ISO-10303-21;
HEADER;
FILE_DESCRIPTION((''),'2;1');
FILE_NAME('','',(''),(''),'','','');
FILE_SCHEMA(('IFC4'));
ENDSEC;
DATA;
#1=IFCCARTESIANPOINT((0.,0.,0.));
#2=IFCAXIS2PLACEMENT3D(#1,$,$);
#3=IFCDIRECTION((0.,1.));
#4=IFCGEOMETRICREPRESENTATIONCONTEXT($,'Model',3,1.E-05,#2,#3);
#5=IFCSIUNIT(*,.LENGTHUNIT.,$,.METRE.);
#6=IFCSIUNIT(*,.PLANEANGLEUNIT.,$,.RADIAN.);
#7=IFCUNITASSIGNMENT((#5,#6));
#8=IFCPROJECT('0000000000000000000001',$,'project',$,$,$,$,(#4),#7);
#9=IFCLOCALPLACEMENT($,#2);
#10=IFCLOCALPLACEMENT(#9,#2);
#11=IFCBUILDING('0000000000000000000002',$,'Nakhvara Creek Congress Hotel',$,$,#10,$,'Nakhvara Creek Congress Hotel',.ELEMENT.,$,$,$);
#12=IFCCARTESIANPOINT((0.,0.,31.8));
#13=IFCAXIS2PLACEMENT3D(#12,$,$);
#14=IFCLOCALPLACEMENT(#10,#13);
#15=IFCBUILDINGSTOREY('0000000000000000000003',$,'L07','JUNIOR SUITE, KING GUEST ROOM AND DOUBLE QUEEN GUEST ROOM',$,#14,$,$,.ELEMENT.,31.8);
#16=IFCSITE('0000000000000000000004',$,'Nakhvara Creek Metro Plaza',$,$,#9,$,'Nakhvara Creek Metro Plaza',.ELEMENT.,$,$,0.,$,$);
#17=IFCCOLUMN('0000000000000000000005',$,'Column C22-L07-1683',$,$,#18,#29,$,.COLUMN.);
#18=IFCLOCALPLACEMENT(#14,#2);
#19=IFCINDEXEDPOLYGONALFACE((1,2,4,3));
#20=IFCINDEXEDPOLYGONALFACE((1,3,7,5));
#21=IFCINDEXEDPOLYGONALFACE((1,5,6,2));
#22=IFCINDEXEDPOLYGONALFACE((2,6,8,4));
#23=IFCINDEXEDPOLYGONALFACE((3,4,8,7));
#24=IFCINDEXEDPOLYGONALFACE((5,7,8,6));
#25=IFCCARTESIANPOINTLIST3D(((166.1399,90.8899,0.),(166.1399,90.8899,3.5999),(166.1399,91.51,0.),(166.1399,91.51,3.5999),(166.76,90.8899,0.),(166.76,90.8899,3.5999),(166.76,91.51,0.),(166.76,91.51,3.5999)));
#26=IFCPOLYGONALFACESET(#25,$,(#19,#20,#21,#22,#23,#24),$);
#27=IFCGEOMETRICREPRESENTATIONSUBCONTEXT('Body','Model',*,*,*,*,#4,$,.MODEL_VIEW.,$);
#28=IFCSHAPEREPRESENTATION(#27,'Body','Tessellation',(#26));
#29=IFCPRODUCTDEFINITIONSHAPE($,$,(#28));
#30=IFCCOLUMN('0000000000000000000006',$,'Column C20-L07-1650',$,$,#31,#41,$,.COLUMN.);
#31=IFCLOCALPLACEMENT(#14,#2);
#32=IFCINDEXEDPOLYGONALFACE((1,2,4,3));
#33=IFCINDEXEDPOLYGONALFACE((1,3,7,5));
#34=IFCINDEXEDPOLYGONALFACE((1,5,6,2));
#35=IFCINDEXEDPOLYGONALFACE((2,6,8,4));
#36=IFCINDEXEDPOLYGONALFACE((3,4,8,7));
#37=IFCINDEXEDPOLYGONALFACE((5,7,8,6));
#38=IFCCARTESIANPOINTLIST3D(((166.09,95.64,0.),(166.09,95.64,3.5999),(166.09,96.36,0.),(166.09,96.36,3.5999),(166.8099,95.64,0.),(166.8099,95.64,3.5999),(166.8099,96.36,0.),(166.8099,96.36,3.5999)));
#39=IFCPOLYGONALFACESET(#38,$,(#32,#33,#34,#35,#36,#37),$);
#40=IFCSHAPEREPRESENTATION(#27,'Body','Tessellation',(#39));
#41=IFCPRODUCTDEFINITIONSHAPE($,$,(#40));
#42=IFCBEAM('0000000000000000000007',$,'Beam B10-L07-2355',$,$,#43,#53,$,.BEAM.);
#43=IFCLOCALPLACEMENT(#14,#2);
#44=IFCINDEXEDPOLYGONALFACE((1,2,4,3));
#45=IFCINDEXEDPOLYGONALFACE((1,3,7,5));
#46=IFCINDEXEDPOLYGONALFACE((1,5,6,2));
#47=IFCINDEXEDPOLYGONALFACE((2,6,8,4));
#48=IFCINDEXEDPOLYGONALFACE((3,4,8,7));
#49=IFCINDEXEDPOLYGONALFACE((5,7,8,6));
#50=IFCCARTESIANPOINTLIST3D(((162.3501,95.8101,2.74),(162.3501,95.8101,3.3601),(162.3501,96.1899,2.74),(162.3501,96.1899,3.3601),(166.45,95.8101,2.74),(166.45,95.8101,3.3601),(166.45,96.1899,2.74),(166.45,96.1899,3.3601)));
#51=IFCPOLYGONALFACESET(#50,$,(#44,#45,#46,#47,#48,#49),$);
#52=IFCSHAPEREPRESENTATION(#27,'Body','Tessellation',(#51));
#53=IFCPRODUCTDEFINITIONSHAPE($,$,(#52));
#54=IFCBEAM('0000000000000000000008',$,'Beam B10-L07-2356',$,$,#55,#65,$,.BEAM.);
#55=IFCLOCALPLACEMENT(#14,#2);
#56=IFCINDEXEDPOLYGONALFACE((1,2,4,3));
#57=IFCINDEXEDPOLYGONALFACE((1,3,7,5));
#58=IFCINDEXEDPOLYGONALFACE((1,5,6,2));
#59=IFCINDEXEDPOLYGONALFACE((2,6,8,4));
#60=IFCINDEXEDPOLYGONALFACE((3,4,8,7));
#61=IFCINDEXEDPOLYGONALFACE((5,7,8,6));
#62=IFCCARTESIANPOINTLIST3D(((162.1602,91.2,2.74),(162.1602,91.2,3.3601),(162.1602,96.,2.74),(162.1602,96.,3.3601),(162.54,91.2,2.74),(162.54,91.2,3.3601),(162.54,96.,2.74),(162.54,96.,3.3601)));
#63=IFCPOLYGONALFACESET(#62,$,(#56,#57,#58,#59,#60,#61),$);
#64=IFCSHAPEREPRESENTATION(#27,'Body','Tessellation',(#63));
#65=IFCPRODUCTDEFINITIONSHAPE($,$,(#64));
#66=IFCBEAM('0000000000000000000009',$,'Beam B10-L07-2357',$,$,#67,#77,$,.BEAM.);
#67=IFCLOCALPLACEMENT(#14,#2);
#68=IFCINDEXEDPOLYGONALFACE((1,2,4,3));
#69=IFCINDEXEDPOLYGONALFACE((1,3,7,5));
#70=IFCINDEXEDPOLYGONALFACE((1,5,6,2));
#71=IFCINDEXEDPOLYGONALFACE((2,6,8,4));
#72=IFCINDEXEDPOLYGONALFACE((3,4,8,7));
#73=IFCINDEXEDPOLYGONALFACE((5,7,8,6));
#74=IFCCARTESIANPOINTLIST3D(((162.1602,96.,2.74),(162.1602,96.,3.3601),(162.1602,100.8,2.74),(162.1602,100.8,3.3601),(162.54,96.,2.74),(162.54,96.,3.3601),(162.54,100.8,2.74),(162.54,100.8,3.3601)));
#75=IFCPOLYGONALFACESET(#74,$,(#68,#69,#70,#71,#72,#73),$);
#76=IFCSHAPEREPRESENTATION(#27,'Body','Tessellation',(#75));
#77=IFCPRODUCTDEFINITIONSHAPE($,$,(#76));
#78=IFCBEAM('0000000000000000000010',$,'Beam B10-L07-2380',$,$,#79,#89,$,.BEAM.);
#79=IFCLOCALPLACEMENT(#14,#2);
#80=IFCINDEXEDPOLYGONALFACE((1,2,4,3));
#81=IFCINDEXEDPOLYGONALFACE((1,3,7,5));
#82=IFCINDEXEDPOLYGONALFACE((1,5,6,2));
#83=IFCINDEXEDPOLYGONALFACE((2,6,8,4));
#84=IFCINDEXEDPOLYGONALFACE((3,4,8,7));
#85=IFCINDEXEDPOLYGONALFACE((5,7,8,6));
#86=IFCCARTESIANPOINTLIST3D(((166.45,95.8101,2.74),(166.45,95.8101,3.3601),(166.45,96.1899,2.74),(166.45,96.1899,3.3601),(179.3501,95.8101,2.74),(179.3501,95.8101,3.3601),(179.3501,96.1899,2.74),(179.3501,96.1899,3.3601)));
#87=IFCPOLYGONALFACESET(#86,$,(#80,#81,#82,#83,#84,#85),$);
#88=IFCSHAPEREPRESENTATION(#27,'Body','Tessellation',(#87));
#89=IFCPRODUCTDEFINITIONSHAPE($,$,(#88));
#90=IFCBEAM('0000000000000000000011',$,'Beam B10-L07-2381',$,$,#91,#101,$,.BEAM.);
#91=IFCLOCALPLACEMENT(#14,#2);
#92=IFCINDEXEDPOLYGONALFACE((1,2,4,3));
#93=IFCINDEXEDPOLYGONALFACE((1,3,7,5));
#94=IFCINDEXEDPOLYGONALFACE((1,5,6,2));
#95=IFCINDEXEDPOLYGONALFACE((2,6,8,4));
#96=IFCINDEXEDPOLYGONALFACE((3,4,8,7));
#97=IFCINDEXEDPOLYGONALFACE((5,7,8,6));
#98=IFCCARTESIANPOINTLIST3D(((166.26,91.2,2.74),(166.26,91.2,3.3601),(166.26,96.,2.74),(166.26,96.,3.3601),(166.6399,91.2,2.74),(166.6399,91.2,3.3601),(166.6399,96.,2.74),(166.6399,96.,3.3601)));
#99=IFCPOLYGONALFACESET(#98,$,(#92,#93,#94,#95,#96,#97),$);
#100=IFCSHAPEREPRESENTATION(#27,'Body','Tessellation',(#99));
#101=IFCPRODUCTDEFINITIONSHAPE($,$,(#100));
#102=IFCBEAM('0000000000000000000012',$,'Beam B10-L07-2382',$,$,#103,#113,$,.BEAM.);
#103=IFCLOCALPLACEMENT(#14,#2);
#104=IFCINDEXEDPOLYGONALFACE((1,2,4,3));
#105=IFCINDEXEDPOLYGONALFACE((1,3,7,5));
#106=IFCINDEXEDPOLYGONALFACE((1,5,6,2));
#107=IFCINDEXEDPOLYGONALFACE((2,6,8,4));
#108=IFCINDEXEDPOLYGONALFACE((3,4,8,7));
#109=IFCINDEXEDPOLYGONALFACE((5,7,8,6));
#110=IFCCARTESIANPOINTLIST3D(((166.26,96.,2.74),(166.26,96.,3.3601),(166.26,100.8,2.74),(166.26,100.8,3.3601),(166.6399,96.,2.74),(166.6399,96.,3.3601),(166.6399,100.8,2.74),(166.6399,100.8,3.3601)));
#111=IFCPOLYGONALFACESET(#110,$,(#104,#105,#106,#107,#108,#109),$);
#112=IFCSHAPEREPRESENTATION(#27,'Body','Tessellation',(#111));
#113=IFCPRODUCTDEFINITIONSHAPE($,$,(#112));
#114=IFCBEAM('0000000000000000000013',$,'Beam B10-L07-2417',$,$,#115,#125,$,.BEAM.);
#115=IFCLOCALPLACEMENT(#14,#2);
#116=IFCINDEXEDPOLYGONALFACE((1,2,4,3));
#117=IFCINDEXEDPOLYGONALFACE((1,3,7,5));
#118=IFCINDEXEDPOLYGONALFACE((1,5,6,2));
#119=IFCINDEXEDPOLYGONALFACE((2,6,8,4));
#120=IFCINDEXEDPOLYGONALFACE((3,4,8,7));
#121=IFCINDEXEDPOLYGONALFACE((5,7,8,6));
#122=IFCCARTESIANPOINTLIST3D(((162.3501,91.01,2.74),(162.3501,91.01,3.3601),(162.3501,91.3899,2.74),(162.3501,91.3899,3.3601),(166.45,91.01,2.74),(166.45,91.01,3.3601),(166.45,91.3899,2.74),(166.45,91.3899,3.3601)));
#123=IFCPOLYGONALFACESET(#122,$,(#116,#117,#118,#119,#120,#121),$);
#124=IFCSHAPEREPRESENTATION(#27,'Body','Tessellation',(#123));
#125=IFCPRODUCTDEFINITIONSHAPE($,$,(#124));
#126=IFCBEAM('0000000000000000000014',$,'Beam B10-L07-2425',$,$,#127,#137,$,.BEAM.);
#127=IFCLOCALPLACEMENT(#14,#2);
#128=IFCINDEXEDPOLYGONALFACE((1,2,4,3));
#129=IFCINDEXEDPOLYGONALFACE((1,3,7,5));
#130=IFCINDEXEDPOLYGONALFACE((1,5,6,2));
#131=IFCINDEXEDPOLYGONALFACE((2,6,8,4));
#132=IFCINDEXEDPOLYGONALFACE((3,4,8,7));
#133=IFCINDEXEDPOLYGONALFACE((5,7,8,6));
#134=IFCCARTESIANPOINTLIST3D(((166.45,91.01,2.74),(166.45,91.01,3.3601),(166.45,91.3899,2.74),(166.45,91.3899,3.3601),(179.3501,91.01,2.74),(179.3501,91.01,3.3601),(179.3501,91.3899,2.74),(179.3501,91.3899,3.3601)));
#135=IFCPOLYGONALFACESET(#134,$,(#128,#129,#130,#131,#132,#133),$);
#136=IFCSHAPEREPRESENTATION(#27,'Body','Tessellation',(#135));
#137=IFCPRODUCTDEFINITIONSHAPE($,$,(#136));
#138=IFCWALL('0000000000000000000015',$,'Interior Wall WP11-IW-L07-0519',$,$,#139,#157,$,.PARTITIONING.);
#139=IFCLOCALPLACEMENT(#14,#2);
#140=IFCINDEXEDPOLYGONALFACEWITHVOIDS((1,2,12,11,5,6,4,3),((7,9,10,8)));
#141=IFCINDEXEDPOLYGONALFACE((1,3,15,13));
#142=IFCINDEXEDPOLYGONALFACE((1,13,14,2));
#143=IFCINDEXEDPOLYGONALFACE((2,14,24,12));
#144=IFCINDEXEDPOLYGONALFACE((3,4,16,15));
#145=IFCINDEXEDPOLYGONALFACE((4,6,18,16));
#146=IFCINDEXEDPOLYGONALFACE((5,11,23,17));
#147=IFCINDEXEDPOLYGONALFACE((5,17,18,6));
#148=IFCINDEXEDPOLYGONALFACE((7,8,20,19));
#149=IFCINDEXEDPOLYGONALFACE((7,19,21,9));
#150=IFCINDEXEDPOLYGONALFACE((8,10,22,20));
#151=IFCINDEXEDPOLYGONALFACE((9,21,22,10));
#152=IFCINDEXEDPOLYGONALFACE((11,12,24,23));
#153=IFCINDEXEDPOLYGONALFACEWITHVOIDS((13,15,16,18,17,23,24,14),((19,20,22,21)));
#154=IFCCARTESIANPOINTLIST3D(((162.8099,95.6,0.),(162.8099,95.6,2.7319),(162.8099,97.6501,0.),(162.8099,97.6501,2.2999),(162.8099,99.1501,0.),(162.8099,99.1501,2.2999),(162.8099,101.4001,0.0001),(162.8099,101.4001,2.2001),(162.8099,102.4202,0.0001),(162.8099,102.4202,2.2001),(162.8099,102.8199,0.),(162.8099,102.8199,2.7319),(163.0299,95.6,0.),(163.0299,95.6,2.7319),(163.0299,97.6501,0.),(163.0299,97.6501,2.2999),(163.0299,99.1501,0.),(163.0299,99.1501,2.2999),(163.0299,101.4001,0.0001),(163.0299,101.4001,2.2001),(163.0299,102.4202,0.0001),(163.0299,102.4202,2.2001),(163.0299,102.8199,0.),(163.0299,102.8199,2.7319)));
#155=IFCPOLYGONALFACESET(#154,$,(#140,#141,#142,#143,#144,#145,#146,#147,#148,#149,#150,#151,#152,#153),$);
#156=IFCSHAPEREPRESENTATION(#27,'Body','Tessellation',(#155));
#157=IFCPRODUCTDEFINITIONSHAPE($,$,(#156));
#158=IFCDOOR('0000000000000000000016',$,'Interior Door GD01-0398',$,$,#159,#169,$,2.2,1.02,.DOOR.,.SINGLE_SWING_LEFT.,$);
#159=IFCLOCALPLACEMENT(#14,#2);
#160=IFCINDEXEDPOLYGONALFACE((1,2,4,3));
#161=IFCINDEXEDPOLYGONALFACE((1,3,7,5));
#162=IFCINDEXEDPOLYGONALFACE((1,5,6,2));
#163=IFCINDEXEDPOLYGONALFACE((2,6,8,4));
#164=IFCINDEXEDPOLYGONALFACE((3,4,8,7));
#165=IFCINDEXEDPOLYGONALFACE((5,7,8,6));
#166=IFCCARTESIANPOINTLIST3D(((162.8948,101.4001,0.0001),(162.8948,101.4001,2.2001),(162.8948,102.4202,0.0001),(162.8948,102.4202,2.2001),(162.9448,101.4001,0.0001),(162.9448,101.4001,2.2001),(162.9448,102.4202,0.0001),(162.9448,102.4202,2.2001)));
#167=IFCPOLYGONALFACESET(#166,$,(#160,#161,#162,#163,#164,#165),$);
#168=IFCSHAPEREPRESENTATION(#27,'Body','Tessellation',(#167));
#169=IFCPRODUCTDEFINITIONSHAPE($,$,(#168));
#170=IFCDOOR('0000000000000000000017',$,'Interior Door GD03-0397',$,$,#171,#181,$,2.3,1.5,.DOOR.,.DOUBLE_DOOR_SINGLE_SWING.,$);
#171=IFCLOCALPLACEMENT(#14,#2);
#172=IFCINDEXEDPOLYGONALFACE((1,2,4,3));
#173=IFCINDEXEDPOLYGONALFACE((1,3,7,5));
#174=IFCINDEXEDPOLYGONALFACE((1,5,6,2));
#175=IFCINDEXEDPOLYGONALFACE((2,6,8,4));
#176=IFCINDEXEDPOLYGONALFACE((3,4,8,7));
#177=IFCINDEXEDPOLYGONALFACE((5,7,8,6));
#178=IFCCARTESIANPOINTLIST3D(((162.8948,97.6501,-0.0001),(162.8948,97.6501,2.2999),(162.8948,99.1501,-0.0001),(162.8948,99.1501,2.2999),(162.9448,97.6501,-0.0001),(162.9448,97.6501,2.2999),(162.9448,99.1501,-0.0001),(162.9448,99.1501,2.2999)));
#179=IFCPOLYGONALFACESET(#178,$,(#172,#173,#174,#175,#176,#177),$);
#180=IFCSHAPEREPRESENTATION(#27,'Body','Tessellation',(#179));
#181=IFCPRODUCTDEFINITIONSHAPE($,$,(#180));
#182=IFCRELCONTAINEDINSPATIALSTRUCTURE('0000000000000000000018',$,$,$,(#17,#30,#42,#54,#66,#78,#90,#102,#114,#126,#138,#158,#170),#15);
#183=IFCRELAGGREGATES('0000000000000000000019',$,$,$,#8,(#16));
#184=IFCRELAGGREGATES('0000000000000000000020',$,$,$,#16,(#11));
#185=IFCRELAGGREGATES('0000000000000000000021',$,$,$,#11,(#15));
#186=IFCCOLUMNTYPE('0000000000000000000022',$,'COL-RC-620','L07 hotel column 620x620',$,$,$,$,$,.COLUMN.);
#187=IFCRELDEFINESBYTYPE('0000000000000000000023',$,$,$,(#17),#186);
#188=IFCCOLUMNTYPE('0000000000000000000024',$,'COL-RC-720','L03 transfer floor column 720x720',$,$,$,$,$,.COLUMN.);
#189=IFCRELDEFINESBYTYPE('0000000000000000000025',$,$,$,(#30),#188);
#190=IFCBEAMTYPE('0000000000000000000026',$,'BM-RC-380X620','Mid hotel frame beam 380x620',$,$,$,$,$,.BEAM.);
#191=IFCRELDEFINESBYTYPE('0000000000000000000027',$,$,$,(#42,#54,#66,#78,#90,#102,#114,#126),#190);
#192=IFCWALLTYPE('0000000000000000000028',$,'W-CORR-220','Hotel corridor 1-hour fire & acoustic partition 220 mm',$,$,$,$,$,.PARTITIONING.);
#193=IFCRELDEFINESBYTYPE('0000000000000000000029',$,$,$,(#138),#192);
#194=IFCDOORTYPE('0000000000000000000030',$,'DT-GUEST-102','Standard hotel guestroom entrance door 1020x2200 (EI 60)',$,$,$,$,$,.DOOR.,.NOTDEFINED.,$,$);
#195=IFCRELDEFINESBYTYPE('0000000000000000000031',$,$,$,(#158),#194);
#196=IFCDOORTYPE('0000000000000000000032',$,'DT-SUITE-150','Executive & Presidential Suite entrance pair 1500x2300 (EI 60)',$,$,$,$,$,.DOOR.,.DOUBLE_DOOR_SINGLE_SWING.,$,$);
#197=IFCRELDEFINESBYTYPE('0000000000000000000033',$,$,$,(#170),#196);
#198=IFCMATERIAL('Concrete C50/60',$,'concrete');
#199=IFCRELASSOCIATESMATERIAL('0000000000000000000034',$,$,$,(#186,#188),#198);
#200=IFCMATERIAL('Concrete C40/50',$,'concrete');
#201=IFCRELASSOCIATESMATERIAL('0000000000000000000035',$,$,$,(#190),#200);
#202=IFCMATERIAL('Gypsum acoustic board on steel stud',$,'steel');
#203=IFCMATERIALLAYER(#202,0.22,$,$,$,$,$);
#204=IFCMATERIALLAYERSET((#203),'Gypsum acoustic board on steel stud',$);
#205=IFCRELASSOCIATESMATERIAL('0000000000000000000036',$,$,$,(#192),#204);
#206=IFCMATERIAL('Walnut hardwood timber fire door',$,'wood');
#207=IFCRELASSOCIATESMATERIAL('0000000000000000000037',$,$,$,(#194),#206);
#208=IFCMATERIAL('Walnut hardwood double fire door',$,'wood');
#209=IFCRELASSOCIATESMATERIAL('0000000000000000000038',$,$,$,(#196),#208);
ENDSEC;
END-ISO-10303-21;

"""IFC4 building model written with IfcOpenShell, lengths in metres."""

from ifc_helpers import new_model, si_unit, direction, frame, frame_2d, origin, origin_2d, place, context, subcontext, project, spatial, rectangle, extrude, material, layer, layer_set, material_profile, profile_set, type_object, element, fill, save


model = new_model("IFC4")

# Units and contexts
model_context = context("Model", 3, precision=1e-05, world=origin(), true_north=direction((0.0, 1.0)))
body_context = subcontext(model_context, "Body", "Model", "MODEL_VIEW")
ifc_project = project(units=[si_unit("LENGTHUNIT", "METRE"), si_unit("PLANEANGLEUNIT", "RADIAN")], contexts=[model_context])

# Site, building, storey
site_placement = place(None, origin())
site = spatial("IfcSite", under=ifc_project, at=site_placement, Name="Nakhvara Creek Metro Plaza", LongName="Nakhvara Creek Metro Plaza", CompositionType="ELEMENT", RefElevation=0.0)
building_placement = place(site_placement, origin())
building = spatial("IfcBuilding", under=site, at=building_placement, Name="Nakhvara Creek Congress Hotel", LongName="Nakhvara Creek Congress Hotel", CompositionType="ELEMENT")
storey_placement = place(building_placement, frame((0.0, 0.0, 31.8)))
storey = spatial("IfcBuildingStorey", under=building, at=storey_placement, Name="L07", Description="JUNIOR SUITE, KING GUEST ROOM AND DOUBLE QUEEN GUEST ROOM", CompositionType="ELEMENT", Elevation=31.8)

# Columns
ifc_material_1 = material(Name="Concrete C50/60", Category="concrete")
ifc_material_profile_1 = material_profile(ifc_material_1, rectangle(XDim=0.6201, YDim=0.6201, at=origin_2d()), Name="RC-COL 620x620", Category="LoadBearing")
ifc_profile_set_1 = profile_set([ifc_material_profile_1], Name="Concrete C50/60")
column_type_1 = type_object("IfcColumnType", Name="COL-RC-620", Description="L07 hotel column 620x620", PredefinedType="COLUMN", material=ifc_profile_set_1)
column_1_placement = place(storey_placement, frame((166.45, 91.2, 0.0), z_axis=(0.0, 0.0, 1.0), x_axis=(1.0, 0.0, 0.0)))
element("IfcColumn", 1, at=column_1_placement, inside=storey, type_object=column_type_1, Name="Column C22-L07-1683", PredefinedType="COLUMN", context=body_context, shape_type="SweptSolid", body=[
    extrude(rectangle(XDim=0.6201, YDim=0.6201, at=origin_2d()), origin(), (0.0, 0.0, 1.0), 3.5999),
])
ifc_material_profile_2 = material_profile(ifc_material_1, rectangle(XDim=0.72, YDim=0.72, at=origin_2d()), Name="RC-COL 720x720", Category="LoadBearing")
ifc_profile_set_2 = profile_set([ifc_material_profile_2], Name="Concrete C50/60")
column_type_2 = type_object("IfcColumnType", Name="COL-RC-720", Description="L03 transfer floor column 720x720", PredefinedType="COLUMN", material=ifc_profile_set_2)
column_2_placement = place(storey_placement, frame((166.45, 96.0, 0.0), z_axis=(0.0, 0.0, 1.0), x_axis=(1.0, 0.0, 0.0)))
element("IfcColumn", 2, at=column_2_placement, inside=storey, type_object=column_type_2, Name="Column C20-L07-1650", PredefinedType="COLUMN", context=body_context, shape_type="SweptSolid", body=[
    extrude(rectangle(XDim=0.72, YDim=0.72, at=origin_2d()), origin(), (0.0, 0.0, 1.0), 3.5999),
])

# Beams
ifc_material_2 = material(Name="Concrete C40/50", Category="concrete")
ifc_material_profile_3 = material_profile(ifc_material_2, rectangle(XDim=0.3799, YDim=0.6201, at=origin_2d()), Name="RC-BM 380x620", Category="LoadBearing")
ifc_profile_set_3 = profile_set([ifc_material_profile_3], Name="Concrete C40/50")
beam_type = type_object("IfcBeamType", Name="BM-RC-380X620", Description="Mid hotel frame beam 380x620", PredefinedType="BEAM", material=ifc_profile_set_3)
beam_1_placement = place(storey_placement, frame((162.3501, 96.0, 3.05), z_axis=(1.0, 0.0, 0.0), x_axis=(0.0, 1.0, 0.0)))
element("IfcBeam", 3, at=beam_1_placement, inside=storey, type_object=beam_type, Name="Beam B10-L07-2355", PredefinedType="BEAM", context=body_context, shape_type="SweptSolid", body=[
    extrude(rectangle(XDim=0.3799, YDim=0.6201, at=origin_2d()), origin(), (0.0, 0.0, 1.0), 4.0999),
])
for number, where, z_axis, x_axis, name in (
    (4, (162.3501, 91.2, 3.05), (0.0, 1.0, 0.0), (-1.0, 0.0, 0.0), "Beam B10-L07-2356"),
    (5, (162.3501, 96.0, 3.05), (0.0, 1.0, 0.0), (-1.0, 0.0, 0.0), "Beam B10-L07-2357"),
):
    element("IfcBeam", number, at=place(storey_placement, frame(where, z_axis=z_axis, x_axis=x_axis)), inside=storey, type_object=beam_type, Name=name, PredefinedType="BEAM", context=body_context, shape_type="SweptSolid", body=[
        extrude(rectangle(XDim=0.3799, YDim=0.6201, at=origin_2d()), origin(), (0.0, 0.0, 1.0), 4.8),
    ])
beam_2_placement = place(storey_placement, frame((166.45, 96.0, 3.05), z_axis=(1.0, 0.0, 0.0), x_axis=(0.0, 1.0, 0.0)))
element("IfcBeam", 6, at=beam_2_placement, inside=storey, type_object=beam_type, Name="Beam B10-L07-2380", PredefinedType="BEAM", context=body_context, shape_type="SweptSolid", body=[
    extrude(rectangle(XDim=0.3799, YDim=0.6201, at=origin_2d()), origin(), (0.0, 0.0, 1.0), 12.9001),
])
for number, where, z_axis, x_axis, name in (
    (7, (166.45, 91.2, 3.05), (0.0, 1.0, 0.0), (-1.0, 0.0, 0.0), "Beam B10-L07-2381"),
    (8, (166.45, 96.0, 3.05), (0.0, 1.0, 0.0), (-1.0, 0.0, 0.0), "Beam B10-L07-2382"),
):
    element("IfcBeam", number, at=place(storey_placement, frame(where, z_axis=z_axis, x_axis=x_axis)), inside=storey, type_object=beam_type, Name=name, PredefinedType="BEAM", context=body_context, shape_type="SweptSolid", body=[
        extrude(rectangle(XDim=0.3799, YDim=0.6201, at=origin_2d()), origin(), (0.0, 0.0, 1.0), 4.8),
    ])
beam_3_placement = place(storey_placement, frame((162.3501, 91.2, 3.05), z_axis=(1.0, 0.0, 0.0), x_axis=(0.0, 1.0, 0.0)))
element("IfcBeam", 9, at=beam_3_placement, inside=storey, type_object=beam_type, Name="Beam B10-L07-2417", PredefinedType="BEAM", context=body_context, shape_type="SweptSolid", body=[
    extrude(rectangle(XDim=0.3799, YDim=0.6201, at=origin_2d()), origin(), (0.0, 0.0, 1.0), 4.0999),
])
beam_4_placement = place(storey_placement, frame((166.45, 91.2, 3.05), z_axis=(1.0, 0.0, 0.0), x_axis=(0.0, 1.0, 0.0)))
element("IfcBeam", 10, at=beam_4_placement, inside=storey, type_object=beam_type, Name="Beam B10-L07-2425", PredefinedType="BEAM", context=body_context, shape_type="SweptSolid", body=[
    extrude(rectangle(XDim=0.3799, YDim=0.6201, at=origin_2d()), origin(), (0.0, 0.0, 1.0), 12.9001),
])

# Wall, openings, doors
ifc_material_3 = material(Name="Gypsum acoustic board on steel stud", Category="steel")
ifc_layer_1 = layer(ifc_material_3, 0.22)
ifc_layer_set_1 = layer_set([ifc_layer_1], Name="Gypsum acoustic board on steel stud")
wall_type_1 = type_object("IfcWallType", Name="W-CORR-220", Description="Hotel corridor 1-hour fire & acoustic partition 220 mm", PredefinedType="PARTITIONING", material=ifc_layer_set_1)
wall_1_placement = place(storey_placement, frame((162.9199, 95.6001, 0.0), z_axis=(0.0, 0.0, 1.0), x_axis=(0.0, 1.0, 0.0)))
wall_1 = element("IfcWall", 11, at=wall_1_placement, inside=storey, type_object=wall_type_1, Name="Interior Wall WP11-IW-L07-0519", PredefinedType="PARTITIONING", context=body_context, shape_type="SweptSolid", body=[
    extrude(rectangle(XDim=7.22, YDim=0.22, at=frame_2d((3.6099, 0.0))), origin(), (0.0, 0.0, 1.0), 2.7319),
])
opening_1_placement = place(wall_1_placement, frame((2.05, 0.0, 0.0)))
opening_1 = element("IfcOpeningElement", 12, at=opening_1_placement, cuts=wall_1, PredefinedType="OPENING", context=body_context, shape_type="SweptSolid", body=[
    extrude(rectangle(XDim=1.5, YDim=2.3, at=frame_2d((0.75, 1.1499))), frame((0.0, 0.1221, 0.0), z_axis=(0.0, -1.0, 0.0), x_axis=(1.0, 0.0, 0.0)), (0.0, 0.0, 1.0), 0.2439),
])
opening_2_placement = place(wall_1_placement, frame((5.8, 0.0, 0.0)))
opening_2 = element("IfcOpeningElement", 13, at=opening_2_placement, cuts=wall_1, PredefinedType="OPENING", context=body_context, shape_type="SweptSolid", body=[
    extrude(rectangle(XDim=1.02, YDim=2.2, at=frame_2d((0.51, 1.1001))), frame((0.0, 0.1221, 0.0), z_axis=(0.0, -1.0, 0.0), x_axis=(1.0, 0.0, 0.0)), (0.0, 0.0, 1.0), 0.2439),
])
ifc_material_4 = material(Name="Walnut hardwood timber fire door", Category="wood")
door_type_1 = type_object("IfcDoorType", Name="DT-GUEST-102", Description="Standard hotel guestroom entrance door 1020x2200 (EI 60)", OperationType="NOTDEFINED", PredefinedType="DOOR", material=ifc_material_4)
door_1_placement = place(opening_2_placement, frame((1.02, 0.0, 0.0), z_axis=(0.0, 0.0, 1.0), x_axis=(-1.0, 0.0, 0.0)))
door_1 = element("IfcDoor", 14, at=door_1_placement, inside=storey, type_object=door_type_1, Name="Interior Door GD01-0398", OperationType="SINGLE_SWING_LEFT", OverallHeight=2.2, OverallWidth=1.02, PredefinedType="DOOR", context=body_context, shape_type="SweptSolid", body=[
    extrude(rectangle(XDim=1.02, YDim=2.2, at=frame_2d((0.51, 1.1001))), frame((0.0, 0.0249, 0.0), z_axis=(0.0, -1.0, 0.0), x_axis=(1.0, 0.0, 0.0)), (0.0, 0.0, 1.0), 0.05),
])
fill(opening_2, door_1)
ifc_material_5 = material(Name="Walnut hardwood double fire door", Category="wood")
door_type_2 = type_object("IfcDoorType", Name="DT-SUITE-150", Description="Executive & Presidential Suite entrance pair 1500x2300 (EI 60)", OperationType="DOUBLE_DOOR_SINGLE_SWING", PredefinedType="DOOR", material=ifc_material_5)
door_2_placement = place(opening_1_placement, frame((1.5, 0.0, 0.0), z_axis=(0.0, 0.0, 1.0), x_axis=(-1.0, 0.0, 0.0)))
door_2 = element("IfcDoor", 15, at=door_2_placement, inside=storey, type_object=door_type_2, Name="Interior Door GD03-0397", OperationType="DOUBLE_DOOR_SINGLE_SWING", OverallHeight=2.3, OverallWidth=1.5, PredefinedType="DOOR", context=body_context, shape_type="SweptSolid", body=[
    extrude(rectangle(XDim=1.5, YDim=2.3, at=frame_2d((0.75, 1.1499))), frame((0.0, 0.0249, 0.0), z_axis=(0.0, -1.0, 0.0), x_axis=(1.0, 0.0, 0.0)), (0.0, 0.0, 1.0), 0.05),
])
fill(opening_1, door_2)

save(model, "model.ifc")
